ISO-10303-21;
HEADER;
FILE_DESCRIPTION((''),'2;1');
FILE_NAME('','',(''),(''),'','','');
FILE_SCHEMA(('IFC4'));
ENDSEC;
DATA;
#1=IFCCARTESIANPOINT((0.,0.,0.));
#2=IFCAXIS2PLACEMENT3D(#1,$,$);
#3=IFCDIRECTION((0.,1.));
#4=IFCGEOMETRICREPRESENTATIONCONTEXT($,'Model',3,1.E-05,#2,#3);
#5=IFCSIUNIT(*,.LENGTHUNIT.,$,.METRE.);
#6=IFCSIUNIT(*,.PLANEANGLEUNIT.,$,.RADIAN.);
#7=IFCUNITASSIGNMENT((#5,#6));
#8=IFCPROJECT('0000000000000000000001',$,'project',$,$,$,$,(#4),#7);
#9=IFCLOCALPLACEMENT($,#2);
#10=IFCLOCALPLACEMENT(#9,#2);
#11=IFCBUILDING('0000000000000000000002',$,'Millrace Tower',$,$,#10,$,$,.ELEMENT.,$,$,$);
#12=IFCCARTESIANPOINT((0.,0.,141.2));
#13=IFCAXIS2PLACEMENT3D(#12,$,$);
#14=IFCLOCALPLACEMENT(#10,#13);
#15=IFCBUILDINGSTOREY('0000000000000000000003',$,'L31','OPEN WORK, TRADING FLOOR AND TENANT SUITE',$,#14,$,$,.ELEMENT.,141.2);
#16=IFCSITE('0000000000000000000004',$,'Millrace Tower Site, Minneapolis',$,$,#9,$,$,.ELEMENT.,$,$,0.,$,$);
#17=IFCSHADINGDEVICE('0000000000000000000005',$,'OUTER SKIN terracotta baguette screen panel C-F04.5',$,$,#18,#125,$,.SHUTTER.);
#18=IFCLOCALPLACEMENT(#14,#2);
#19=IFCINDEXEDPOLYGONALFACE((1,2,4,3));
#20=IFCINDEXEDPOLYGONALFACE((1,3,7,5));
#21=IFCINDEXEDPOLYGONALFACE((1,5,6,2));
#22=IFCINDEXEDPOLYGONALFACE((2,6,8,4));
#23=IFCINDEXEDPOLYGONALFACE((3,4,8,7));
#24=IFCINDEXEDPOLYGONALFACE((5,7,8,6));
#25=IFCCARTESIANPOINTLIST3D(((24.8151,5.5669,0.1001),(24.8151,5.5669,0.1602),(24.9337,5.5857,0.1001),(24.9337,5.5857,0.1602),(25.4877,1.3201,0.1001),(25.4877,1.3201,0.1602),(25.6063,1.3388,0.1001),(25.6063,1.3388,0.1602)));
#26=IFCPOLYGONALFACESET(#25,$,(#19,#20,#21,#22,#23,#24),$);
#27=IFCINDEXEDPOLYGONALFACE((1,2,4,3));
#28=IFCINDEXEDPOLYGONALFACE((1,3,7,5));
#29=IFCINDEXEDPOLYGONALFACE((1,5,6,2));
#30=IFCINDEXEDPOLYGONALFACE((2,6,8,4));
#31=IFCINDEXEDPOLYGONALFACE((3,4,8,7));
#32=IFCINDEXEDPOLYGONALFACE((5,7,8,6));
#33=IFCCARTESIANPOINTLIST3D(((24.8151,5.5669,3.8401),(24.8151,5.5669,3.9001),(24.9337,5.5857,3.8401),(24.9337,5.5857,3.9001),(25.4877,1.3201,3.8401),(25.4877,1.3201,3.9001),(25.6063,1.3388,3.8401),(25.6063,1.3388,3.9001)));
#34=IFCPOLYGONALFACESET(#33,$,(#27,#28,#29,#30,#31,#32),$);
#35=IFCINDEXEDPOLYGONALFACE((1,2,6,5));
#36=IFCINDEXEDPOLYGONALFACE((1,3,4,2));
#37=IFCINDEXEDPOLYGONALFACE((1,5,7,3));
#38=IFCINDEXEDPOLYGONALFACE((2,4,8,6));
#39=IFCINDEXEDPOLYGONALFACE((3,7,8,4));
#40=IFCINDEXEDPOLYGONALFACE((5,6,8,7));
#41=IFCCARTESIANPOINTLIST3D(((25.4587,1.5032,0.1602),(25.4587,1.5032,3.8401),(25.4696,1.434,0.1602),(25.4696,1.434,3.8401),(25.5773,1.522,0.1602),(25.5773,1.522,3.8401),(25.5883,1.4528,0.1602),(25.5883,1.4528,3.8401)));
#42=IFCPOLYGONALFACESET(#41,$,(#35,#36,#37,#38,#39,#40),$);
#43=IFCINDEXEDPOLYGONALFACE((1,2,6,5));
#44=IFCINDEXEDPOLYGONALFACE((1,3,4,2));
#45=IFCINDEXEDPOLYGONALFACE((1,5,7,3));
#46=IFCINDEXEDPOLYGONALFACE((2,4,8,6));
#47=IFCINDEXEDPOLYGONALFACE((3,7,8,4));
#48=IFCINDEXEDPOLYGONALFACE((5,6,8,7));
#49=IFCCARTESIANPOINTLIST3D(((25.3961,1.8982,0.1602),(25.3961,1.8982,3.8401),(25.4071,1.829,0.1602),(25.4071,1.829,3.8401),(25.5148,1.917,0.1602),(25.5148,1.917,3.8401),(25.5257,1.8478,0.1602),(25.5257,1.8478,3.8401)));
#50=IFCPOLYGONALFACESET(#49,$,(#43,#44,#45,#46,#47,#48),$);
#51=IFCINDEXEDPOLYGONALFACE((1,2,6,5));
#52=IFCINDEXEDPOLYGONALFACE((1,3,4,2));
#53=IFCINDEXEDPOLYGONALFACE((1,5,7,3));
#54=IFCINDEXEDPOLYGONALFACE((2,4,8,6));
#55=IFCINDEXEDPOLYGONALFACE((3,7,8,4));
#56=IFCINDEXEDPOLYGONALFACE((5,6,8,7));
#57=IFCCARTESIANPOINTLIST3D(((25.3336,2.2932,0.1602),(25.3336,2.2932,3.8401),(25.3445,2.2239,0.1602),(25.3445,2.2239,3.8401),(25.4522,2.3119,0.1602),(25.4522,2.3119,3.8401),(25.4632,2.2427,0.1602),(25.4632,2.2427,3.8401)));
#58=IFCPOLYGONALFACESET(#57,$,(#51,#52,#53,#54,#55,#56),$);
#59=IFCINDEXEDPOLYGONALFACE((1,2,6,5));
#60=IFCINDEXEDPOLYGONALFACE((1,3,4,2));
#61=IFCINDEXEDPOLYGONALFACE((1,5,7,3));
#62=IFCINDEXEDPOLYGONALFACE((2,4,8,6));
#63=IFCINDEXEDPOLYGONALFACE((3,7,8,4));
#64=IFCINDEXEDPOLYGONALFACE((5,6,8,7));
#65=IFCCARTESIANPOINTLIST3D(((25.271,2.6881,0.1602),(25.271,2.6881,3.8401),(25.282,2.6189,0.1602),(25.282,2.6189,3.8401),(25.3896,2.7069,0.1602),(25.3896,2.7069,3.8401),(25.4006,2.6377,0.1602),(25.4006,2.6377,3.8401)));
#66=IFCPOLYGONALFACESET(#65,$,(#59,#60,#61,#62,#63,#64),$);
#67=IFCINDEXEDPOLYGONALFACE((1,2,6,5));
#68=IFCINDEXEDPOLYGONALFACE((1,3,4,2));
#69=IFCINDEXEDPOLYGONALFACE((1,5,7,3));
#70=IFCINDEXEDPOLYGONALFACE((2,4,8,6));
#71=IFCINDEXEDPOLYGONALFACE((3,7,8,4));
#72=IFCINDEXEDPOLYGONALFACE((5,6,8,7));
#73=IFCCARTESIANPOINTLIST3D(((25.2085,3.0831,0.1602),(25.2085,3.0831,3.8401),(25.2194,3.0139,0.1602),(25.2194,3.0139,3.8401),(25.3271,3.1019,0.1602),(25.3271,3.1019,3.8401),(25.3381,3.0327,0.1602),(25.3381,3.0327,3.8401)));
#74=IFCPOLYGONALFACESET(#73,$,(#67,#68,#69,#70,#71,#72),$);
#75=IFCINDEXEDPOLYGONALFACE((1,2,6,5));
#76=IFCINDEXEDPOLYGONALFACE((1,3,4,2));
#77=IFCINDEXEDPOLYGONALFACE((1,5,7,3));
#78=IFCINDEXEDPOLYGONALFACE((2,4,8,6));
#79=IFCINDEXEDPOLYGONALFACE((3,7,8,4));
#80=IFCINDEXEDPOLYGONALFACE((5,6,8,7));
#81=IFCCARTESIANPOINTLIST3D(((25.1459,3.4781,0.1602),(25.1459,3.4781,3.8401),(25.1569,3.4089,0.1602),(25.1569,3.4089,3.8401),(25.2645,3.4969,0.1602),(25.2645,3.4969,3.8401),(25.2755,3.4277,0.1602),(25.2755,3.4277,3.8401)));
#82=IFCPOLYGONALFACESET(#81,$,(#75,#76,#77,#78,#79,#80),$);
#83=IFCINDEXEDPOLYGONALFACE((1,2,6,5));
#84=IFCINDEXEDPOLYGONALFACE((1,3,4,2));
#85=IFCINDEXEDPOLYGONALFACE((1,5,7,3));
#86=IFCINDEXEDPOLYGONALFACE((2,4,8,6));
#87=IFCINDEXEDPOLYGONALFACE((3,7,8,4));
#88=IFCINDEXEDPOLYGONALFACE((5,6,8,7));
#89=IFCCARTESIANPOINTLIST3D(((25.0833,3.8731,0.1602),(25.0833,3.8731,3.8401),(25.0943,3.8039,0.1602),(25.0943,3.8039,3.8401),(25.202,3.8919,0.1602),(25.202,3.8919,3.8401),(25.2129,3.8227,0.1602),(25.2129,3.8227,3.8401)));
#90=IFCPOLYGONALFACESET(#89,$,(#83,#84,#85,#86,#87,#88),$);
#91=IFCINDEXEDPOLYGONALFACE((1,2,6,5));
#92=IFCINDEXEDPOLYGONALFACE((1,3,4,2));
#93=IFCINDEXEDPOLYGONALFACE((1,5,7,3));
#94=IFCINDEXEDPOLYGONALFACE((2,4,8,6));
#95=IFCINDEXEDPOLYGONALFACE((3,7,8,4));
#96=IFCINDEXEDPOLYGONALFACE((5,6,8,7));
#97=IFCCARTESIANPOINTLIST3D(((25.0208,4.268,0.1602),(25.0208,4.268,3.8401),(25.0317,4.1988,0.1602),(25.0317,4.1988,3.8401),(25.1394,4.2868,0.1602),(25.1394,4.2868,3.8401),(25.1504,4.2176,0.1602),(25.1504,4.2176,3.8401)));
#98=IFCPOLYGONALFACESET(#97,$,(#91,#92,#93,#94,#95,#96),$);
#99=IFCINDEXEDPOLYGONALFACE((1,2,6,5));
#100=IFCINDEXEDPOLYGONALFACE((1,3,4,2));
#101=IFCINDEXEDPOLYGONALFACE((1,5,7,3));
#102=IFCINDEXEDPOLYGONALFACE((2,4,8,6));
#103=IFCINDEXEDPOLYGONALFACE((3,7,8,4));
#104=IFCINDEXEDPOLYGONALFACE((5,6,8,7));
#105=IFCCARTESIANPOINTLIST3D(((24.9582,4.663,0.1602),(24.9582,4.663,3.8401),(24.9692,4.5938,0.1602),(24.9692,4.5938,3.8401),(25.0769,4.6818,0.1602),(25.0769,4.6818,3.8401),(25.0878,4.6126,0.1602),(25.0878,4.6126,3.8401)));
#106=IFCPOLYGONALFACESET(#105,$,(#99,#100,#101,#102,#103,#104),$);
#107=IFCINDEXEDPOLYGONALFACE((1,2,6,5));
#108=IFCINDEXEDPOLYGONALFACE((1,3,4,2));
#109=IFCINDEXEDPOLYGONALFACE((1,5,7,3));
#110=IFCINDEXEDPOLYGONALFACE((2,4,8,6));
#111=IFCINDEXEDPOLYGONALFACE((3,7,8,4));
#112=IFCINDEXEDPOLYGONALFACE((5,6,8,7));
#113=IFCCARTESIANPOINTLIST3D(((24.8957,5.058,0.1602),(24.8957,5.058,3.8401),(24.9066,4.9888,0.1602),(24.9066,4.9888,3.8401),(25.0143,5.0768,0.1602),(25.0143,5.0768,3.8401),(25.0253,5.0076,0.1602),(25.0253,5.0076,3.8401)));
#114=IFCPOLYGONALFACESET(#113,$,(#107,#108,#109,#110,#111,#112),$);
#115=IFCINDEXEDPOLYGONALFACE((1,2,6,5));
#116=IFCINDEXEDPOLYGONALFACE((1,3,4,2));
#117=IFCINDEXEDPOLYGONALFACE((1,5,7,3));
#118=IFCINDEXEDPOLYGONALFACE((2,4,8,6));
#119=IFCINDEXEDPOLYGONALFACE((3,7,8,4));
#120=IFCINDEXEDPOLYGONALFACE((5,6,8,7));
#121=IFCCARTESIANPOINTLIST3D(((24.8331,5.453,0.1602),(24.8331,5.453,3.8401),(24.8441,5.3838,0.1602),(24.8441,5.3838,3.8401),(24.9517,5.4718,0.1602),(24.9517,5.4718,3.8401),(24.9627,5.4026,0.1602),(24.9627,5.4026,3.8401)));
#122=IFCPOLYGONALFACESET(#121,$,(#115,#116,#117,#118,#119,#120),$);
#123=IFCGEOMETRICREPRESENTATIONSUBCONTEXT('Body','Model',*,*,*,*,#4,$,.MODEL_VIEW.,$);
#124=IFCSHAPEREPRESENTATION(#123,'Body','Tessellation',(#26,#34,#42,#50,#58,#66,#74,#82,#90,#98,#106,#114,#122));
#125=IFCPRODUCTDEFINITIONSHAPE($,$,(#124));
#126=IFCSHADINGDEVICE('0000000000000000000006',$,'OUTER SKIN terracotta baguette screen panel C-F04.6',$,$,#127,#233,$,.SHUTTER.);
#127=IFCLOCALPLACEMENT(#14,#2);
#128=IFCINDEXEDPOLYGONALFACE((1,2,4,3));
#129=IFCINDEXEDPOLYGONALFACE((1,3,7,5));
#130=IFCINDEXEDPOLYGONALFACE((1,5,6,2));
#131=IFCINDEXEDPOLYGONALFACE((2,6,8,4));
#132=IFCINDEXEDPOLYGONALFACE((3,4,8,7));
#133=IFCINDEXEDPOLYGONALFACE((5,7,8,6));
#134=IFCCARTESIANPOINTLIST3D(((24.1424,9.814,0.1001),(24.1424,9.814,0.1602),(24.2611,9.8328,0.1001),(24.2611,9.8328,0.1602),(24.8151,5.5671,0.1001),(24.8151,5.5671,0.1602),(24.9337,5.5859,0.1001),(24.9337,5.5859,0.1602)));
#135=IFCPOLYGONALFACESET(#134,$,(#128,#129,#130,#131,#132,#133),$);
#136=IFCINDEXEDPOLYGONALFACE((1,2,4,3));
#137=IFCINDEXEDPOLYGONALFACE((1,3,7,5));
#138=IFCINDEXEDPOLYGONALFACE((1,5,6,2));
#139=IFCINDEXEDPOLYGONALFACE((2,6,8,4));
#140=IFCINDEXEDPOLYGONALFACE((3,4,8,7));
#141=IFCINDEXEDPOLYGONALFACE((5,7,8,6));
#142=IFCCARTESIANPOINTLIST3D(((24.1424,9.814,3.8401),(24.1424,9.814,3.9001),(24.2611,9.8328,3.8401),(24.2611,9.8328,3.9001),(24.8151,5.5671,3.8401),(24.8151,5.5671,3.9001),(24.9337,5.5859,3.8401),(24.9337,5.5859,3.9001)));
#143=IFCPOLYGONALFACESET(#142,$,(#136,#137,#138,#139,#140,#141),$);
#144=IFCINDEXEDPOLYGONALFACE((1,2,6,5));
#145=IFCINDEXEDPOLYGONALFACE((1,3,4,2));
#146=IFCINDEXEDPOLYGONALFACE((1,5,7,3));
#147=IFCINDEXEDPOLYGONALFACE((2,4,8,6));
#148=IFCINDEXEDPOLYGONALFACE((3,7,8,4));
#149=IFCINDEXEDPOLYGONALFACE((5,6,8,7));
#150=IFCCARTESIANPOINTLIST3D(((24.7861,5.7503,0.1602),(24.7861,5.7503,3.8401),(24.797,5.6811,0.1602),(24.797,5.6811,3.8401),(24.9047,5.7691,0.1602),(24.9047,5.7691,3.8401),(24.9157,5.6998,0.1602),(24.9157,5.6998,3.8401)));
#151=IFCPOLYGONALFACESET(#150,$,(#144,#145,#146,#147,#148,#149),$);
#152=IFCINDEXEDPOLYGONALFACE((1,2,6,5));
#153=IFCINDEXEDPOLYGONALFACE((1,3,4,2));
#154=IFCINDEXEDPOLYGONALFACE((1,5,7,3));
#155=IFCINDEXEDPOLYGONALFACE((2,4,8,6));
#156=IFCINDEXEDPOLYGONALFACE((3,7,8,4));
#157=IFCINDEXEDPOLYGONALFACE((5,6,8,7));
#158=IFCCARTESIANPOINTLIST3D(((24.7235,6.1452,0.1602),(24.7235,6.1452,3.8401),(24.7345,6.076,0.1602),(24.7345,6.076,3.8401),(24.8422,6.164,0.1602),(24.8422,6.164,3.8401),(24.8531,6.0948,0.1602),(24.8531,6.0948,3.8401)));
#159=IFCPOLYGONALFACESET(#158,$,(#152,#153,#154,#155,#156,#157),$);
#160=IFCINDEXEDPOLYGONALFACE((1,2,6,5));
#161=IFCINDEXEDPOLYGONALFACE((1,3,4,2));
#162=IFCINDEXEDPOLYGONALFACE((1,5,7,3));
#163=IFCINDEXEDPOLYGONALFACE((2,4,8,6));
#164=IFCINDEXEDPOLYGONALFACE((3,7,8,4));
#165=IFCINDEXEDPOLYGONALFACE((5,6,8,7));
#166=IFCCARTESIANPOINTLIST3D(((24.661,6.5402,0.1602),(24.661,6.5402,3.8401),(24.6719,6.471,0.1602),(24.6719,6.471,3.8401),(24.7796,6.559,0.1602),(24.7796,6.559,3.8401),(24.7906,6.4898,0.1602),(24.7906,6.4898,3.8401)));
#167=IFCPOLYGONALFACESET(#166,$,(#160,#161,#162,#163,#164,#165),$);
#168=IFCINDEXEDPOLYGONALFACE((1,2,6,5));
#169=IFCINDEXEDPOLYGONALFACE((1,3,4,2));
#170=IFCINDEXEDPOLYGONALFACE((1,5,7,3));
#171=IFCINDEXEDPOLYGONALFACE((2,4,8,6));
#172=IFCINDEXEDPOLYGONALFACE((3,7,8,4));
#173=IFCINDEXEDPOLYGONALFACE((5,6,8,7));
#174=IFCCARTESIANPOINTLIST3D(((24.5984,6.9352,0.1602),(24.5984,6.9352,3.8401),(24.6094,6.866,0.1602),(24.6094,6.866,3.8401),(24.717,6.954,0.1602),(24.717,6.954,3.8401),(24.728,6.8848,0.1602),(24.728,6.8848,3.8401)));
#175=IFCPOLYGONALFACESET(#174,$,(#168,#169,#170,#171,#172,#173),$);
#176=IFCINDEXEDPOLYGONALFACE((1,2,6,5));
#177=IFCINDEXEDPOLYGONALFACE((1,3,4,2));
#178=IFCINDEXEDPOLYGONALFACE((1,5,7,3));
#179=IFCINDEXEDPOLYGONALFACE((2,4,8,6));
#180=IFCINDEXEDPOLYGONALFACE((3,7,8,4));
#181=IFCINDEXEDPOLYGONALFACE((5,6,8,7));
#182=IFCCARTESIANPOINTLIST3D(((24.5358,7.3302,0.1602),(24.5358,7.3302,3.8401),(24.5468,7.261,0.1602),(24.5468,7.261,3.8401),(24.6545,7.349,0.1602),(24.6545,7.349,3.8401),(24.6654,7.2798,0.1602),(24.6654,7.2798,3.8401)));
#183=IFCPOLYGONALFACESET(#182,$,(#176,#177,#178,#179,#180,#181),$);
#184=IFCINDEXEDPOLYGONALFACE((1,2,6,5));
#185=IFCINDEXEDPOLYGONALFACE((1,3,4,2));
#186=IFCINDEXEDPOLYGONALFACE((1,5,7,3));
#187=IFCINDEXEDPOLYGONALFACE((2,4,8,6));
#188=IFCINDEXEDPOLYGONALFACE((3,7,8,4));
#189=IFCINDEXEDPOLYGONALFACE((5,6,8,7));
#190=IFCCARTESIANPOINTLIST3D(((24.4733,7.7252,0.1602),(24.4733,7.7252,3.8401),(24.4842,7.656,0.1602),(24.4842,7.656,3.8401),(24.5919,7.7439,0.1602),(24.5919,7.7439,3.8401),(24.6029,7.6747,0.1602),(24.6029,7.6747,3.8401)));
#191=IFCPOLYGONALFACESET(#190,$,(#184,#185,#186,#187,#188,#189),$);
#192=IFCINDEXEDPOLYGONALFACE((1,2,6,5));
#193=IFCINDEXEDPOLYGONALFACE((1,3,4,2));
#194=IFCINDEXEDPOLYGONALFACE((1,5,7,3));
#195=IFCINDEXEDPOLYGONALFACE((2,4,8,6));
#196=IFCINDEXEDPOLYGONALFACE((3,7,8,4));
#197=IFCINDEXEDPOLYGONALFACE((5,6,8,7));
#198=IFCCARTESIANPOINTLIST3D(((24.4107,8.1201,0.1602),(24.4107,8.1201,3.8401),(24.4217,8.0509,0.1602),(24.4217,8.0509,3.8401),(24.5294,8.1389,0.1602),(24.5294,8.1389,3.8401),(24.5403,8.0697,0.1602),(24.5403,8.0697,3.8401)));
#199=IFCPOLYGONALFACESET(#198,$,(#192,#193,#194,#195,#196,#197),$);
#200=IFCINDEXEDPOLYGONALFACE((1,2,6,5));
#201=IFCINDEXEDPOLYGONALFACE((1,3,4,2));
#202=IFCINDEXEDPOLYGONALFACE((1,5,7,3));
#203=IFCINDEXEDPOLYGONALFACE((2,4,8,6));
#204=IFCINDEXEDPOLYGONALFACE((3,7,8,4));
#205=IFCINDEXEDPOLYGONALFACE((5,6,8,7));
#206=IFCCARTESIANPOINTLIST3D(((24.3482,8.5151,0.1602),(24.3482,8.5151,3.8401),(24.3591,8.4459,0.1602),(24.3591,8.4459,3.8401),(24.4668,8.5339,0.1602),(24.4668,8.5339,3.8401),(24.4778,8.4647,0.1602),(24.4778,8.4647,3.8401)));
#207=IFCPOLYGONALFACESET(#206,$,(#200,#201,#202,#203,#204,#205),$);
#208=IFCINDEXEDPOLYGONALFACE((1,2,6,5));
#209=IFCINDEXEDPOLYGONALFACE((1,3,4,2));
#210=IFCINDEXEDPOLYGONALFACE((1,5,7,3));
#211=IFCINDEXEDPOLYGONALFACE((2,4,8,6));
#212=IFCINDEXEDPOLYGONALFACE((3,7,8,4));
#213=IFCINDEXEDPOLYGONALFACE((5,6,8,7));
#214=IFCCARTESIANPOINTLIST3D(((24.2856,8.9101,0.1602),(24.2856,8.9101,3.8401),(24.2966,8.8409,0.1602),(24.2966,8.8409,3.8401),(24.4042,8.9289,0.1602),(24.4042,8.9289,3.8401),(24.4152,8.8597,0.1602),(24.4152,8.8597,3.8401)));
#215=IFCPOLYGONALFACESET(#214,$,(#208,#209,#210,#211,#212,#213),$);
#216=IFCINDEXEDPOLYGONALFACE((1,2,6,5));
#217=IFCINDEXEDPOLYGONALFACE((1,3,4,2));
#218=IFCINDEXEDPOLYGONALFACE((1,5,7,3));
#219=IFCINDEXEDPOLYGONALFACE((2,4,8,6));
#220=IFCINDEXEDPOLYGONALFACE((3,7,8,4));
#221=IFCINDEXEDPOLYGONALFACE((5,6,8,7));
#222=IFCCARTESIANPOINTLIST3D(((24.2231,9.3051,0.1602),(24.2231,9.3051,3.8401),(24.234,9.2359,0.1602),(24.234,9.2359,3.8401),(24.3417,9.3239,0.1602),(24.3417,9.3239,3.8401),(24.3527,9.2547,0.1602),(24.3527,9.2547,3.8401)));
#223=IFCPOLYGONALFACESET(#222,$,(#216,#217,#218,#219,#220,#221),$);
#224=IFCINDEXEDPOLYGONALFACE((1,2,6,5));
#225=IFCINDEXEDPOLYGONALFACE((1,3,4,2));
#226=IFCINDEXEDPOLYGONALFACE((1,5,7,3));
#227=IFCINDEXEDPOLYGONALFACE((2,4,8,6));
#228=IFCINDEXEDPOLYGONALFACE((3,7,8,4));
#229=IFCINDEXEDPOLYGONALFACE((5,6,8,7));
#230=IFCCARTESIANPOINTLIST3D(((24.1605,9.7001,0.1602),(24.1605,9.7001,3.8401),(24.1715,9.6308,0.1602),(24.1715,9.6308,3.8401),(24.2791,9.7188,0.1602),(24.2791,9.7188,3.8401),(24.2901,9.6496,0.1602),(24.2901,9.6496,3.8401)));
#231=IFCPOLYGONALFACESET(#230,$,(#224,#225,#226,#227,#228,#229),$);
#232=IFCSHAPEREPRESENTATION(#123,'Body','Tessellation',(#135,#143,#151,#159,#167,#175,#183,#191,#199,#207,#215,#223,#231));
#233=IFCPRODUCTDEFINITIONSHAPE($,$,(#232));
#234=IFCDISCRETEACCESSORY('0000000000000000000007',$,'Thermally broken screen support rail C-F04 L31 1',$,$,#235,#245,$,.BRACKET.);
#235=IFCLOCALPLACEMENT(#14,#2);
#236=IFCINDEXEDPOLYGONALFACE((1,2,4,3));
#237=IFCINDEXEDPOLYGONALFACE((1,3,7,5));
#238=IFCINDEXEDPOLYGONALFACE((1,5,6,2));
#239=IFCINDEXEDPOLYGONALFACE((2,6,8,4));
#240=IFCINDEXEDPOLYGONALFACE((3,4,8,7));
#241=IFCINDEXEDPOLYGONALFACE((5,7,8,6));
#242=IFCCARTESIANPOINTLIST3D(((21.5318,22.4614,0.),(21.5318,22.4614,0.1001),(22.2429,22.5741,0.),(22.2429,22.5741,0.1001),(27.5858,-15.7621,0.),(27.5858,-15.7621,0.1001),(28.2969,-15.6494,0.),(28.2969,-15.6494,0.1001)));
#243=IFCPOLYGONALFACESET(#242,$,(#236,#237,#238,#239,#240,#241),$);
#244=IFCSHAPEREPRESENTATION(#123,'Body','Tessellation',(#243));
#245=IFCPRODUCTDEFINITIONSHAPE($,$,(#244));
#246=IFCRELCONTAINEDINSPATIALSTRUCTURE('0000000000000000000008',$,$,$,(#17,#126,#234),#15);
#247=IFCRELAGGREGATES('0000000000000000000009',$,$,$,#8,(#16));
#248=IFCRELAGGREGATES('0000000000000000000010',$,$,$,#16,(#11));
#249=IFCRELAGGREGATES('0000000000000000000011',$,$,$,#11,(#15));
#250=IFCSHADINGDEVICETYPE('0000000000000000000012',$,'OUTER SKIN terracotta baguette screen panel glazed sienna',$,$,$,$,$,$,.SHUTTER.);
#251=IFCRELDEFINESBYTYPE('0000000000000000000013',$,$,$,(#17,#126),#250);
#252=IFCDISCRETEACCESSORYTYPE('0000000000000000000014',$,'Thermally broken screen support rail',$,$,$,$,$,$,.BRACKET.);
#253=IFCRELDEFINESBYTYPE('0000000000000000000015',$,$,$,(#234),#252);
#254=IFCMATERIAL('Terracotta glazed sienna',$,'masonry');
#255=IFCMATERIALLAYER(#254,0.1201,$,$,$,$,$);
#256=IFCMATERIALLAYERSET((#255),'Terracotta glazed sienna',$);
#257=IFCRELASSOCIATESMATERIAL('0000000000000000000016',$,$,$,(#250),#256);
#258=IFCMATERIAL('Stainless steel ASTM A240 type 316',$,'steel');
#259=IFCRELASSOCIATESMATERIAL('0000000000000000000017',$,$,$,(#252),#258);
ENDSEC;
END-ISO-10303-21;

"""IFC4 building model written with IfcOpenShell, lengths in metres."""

from ifc_helpers import new_model, entity, si_unit, direction, frame, frame_2d, origin, origin_2d, place, context, subcontext, project, spatial, rectangle, extrude, source, transform, mapped, material, layer, layer_set, type_object, element, save


model = new_model("IFC4")

# Units and contexts
model_context = context("Model", 3, precision=1e-05, world=origin(), true_north=direction((0.0, 1.0)))
body_context = subcontext(model_context, "Body", "Model", "MODEL_VIEW")
ifc_project = project(units=[si_unit("LENGTHUNIT", "METRE"), si_unit("PLANEANGLEUNIT", "RADIAN")], contexts=[model_context])

# Site, building, storey
site_placement = place(None, origin())
site = spatial("IfcSite", under=ifc_project, at=site_placement, Name="Millrace Tower Site, Minneapolis", CompositionType="ELEMENT", RefElevation=0.0)
building_placement = place(site_placement, origin())
building = spatial("IfcBuilding", under=site, at=building_placement, Name="Millrace Tower", CompositionType="ELEMENT")
storey_placement = place(building_placement, frame((0.0, 0.0, 141.2)))
storey = spatial("IfcBuildingStorey", under=building, at=storey_placement, Name="L31", Description="OPEN WORK, TRADING FLOOR AND TENANT SUITE", CompositionType="ELEMENT", Elevation=141.2)

# Shading devices
ifc_material_1 = material(Name="Terracotta glazed sienna", Category="masonry")
ifc_layer_1 = layer(ifc_material_1, 0.1201)
ifc_layer_set_1 = layer_set([ifc_layer_1], Name="Terracotta glazed sienna")
shading_device_type = type_object("IfcShadingDeviceType", Name="OUTER SKIN terracotta baguette screen panel glazed sienna", PredefinedType="SHUTTER", material=ifc_layer_set_1)
cartesian_point = entity("IfcCartesianPoint", [-2.1499, 0.0601])
shared_polyline = entity("IfcPolyline", [cartesian_point, entity("IfcCartesianPoint", [2.1499, 0.0601]), entity("IfcCartesianPoint", [2.1499, -0.0601]), entity("IfcCartesianPoint", [-2.1499, -0.0601]), cartesian_point])
shared_shape = source(origin(), body_context, "Body", "SweptSolid", [
    entity("IfcExtrudedAreaSolid", entity("IfcArbitraryClosedProfileDef", "AREA", None, shared_polyline), entity("IfcAxis2Placement3D", entity("IfcCartesianPoint", [0.0, 0.0, 0.0])), entity("IfcDirection", [0.0, 0.0, 1.0]), 0.0601),
    entity("IfcExtrudedAreaSolid", entity("IfcArbitraryClosedProfileDef", "AREA", None, shared_polyline), entity("IfcAxis2Placement3D", entity("IfcCartesianPoint", [0.0, 0.0, 3.74])), entity("IfcDirection", [0.0, 0.0, 1.0]), 0.0601),
    extrude(rectangle(XDim=0.0701, YDim=0.1201, at=frame_2d((-1.9995, 0.0))), frame((0.0, 0.0, 0.0601)), (0.0, 0.0, 1.0), 3.6799),
    extrude(rectangle(XDim=0.0701, YDim=0.1201, at=frame_2d((-1.5996, 0.0))), frame((0.0, 0.0, 0.0601)), (0.0, 0.0, 1.0), 3.6799),
    extrude(rectangle(XDim=0.0701, YDim=0.1201, at=frame_2d((-1.1997, 0.0))), frame((0.0, 0.0, 0.0601)), (0.0, 0.0, 1.0), 3.6799),
    extrude(rectangle(XDim=0.0701, YDim=0.1201, at=frame_2d((-0.7998, 0.0))), frame((0.0, 0.0, 0.0601)), (0.0, 0.0, 1.0), 3.6799),
    extrude(rectangle(XDim=0.0701, YDim=0.1201, at=frame_2d((-0.3999, 0.0))), frame((0.0, 0.0, 0.0601)), (0.0, 0.0, 1.0), 3.6799),
    extrude(rectangle(XDim=0.0701, YDim=0.1201, at=origin_2d()), frame((0.0, 0.0, 0.0601)), (0.0, 0.0, 1.0), 3.6799),
    extrude(rectangle(XDim=0.0701, YDim=0.1201, at=frame_2d((0.3999, 0.0))), frame((0.0, 0.0, 0.0601)), (0.0, 0.0, 1.0), 3.6799),
    extrude(rectangle(XDim=0.0701, YDim=0.1201, at=frame_2d((0.7998, 0.0))), frame((0.0, 0.0, 0.0601)), (0.0, 0.0, 1.0), 3.6799),
    extrude(rectangle(XDim=0.0701, YDim=0.1201, at=frame_2d((1.1997, 0.0))), frame((0.0, 0.0, 0.0601)), (0.0, 0.0, 1.0), 3.6799),
    extrude(rectangle(XDim=0.0701, YDim=0.1201, at=frame_2d((1.5996, 0.0))), frame((0.0, 0.0, 0.0601)), (0.0, 0.0, 1.0), 3.6799),
    extrude(rectangle(XDim=0.0701, YDim=0.1201, at=frame_2d((1.9995, 0.0))), frame((0.0, 0.0, 0.0601)), (0.0, 0.0, 1.0), 3.6799),
])
for number, where, z_axis, x_axis, name in (
    (1, (25.2107, 3.4529, 0.1001), (0.0, 0.0, 1.0), (-0.156434, 0.987688, 0.0), "OUTER SKIN terracotta baguette screen panel C-F04.5"),
    (2, (24.5381, 7.7, 0.1001), (0.0, 0.0, 1.0), (-0.156434, 0.987688, 0.0), "OUTER SKIN terracotta baguette screen panel C-F04.6"),
):
    element("IfcShadingDevice", number, at=place(storey_placement, frame(where, z_axis=z_axis, x_axis=x_axis)), inside=storey, type_object=shading_device_type, Name=name, PredefinedType="SHUTTER", context=body_context, shape_type="MappedRepresentation", body=[
        mapped(shared_shape, transform((0.0, 0.0, 0.0), scale=1.0)),
    ])

# Discrete accessory
ifc_material_2 = material(Name="Stainless steel ASTM A240 type 316", Category="steel")
discrete_accessory_type = type_object("IfcDiscreteAccessoryType", Name="Thermally broken screen support rail", PredefinedType="BRACKET", material=ifc_material_2)
discrete_accessory_placement = place(storey_placement, frame((24.9143, 3.406, 0.0), z_axis=(0.0, 0.0, 1.0), x_axis=(-0.156434, 0.987688, 0.0)))
element("IfcDiscreteAccessory", 3, at=discrete_accessory_placement, inside=storey, type_object=discrete_accessory_type, Name="Thermally broken screen support rail C-F04 L31 1", PredefinedType="BRACKET", context=body_context, shape_type="SweptSolid", body=[
    extrude(rectangle(XDim=38.7, YDim=0.72, at=origin_2d()), origin(), (0.0, 0.0, 1.0), 0.1001),
])

save(model, "model.ifc")
